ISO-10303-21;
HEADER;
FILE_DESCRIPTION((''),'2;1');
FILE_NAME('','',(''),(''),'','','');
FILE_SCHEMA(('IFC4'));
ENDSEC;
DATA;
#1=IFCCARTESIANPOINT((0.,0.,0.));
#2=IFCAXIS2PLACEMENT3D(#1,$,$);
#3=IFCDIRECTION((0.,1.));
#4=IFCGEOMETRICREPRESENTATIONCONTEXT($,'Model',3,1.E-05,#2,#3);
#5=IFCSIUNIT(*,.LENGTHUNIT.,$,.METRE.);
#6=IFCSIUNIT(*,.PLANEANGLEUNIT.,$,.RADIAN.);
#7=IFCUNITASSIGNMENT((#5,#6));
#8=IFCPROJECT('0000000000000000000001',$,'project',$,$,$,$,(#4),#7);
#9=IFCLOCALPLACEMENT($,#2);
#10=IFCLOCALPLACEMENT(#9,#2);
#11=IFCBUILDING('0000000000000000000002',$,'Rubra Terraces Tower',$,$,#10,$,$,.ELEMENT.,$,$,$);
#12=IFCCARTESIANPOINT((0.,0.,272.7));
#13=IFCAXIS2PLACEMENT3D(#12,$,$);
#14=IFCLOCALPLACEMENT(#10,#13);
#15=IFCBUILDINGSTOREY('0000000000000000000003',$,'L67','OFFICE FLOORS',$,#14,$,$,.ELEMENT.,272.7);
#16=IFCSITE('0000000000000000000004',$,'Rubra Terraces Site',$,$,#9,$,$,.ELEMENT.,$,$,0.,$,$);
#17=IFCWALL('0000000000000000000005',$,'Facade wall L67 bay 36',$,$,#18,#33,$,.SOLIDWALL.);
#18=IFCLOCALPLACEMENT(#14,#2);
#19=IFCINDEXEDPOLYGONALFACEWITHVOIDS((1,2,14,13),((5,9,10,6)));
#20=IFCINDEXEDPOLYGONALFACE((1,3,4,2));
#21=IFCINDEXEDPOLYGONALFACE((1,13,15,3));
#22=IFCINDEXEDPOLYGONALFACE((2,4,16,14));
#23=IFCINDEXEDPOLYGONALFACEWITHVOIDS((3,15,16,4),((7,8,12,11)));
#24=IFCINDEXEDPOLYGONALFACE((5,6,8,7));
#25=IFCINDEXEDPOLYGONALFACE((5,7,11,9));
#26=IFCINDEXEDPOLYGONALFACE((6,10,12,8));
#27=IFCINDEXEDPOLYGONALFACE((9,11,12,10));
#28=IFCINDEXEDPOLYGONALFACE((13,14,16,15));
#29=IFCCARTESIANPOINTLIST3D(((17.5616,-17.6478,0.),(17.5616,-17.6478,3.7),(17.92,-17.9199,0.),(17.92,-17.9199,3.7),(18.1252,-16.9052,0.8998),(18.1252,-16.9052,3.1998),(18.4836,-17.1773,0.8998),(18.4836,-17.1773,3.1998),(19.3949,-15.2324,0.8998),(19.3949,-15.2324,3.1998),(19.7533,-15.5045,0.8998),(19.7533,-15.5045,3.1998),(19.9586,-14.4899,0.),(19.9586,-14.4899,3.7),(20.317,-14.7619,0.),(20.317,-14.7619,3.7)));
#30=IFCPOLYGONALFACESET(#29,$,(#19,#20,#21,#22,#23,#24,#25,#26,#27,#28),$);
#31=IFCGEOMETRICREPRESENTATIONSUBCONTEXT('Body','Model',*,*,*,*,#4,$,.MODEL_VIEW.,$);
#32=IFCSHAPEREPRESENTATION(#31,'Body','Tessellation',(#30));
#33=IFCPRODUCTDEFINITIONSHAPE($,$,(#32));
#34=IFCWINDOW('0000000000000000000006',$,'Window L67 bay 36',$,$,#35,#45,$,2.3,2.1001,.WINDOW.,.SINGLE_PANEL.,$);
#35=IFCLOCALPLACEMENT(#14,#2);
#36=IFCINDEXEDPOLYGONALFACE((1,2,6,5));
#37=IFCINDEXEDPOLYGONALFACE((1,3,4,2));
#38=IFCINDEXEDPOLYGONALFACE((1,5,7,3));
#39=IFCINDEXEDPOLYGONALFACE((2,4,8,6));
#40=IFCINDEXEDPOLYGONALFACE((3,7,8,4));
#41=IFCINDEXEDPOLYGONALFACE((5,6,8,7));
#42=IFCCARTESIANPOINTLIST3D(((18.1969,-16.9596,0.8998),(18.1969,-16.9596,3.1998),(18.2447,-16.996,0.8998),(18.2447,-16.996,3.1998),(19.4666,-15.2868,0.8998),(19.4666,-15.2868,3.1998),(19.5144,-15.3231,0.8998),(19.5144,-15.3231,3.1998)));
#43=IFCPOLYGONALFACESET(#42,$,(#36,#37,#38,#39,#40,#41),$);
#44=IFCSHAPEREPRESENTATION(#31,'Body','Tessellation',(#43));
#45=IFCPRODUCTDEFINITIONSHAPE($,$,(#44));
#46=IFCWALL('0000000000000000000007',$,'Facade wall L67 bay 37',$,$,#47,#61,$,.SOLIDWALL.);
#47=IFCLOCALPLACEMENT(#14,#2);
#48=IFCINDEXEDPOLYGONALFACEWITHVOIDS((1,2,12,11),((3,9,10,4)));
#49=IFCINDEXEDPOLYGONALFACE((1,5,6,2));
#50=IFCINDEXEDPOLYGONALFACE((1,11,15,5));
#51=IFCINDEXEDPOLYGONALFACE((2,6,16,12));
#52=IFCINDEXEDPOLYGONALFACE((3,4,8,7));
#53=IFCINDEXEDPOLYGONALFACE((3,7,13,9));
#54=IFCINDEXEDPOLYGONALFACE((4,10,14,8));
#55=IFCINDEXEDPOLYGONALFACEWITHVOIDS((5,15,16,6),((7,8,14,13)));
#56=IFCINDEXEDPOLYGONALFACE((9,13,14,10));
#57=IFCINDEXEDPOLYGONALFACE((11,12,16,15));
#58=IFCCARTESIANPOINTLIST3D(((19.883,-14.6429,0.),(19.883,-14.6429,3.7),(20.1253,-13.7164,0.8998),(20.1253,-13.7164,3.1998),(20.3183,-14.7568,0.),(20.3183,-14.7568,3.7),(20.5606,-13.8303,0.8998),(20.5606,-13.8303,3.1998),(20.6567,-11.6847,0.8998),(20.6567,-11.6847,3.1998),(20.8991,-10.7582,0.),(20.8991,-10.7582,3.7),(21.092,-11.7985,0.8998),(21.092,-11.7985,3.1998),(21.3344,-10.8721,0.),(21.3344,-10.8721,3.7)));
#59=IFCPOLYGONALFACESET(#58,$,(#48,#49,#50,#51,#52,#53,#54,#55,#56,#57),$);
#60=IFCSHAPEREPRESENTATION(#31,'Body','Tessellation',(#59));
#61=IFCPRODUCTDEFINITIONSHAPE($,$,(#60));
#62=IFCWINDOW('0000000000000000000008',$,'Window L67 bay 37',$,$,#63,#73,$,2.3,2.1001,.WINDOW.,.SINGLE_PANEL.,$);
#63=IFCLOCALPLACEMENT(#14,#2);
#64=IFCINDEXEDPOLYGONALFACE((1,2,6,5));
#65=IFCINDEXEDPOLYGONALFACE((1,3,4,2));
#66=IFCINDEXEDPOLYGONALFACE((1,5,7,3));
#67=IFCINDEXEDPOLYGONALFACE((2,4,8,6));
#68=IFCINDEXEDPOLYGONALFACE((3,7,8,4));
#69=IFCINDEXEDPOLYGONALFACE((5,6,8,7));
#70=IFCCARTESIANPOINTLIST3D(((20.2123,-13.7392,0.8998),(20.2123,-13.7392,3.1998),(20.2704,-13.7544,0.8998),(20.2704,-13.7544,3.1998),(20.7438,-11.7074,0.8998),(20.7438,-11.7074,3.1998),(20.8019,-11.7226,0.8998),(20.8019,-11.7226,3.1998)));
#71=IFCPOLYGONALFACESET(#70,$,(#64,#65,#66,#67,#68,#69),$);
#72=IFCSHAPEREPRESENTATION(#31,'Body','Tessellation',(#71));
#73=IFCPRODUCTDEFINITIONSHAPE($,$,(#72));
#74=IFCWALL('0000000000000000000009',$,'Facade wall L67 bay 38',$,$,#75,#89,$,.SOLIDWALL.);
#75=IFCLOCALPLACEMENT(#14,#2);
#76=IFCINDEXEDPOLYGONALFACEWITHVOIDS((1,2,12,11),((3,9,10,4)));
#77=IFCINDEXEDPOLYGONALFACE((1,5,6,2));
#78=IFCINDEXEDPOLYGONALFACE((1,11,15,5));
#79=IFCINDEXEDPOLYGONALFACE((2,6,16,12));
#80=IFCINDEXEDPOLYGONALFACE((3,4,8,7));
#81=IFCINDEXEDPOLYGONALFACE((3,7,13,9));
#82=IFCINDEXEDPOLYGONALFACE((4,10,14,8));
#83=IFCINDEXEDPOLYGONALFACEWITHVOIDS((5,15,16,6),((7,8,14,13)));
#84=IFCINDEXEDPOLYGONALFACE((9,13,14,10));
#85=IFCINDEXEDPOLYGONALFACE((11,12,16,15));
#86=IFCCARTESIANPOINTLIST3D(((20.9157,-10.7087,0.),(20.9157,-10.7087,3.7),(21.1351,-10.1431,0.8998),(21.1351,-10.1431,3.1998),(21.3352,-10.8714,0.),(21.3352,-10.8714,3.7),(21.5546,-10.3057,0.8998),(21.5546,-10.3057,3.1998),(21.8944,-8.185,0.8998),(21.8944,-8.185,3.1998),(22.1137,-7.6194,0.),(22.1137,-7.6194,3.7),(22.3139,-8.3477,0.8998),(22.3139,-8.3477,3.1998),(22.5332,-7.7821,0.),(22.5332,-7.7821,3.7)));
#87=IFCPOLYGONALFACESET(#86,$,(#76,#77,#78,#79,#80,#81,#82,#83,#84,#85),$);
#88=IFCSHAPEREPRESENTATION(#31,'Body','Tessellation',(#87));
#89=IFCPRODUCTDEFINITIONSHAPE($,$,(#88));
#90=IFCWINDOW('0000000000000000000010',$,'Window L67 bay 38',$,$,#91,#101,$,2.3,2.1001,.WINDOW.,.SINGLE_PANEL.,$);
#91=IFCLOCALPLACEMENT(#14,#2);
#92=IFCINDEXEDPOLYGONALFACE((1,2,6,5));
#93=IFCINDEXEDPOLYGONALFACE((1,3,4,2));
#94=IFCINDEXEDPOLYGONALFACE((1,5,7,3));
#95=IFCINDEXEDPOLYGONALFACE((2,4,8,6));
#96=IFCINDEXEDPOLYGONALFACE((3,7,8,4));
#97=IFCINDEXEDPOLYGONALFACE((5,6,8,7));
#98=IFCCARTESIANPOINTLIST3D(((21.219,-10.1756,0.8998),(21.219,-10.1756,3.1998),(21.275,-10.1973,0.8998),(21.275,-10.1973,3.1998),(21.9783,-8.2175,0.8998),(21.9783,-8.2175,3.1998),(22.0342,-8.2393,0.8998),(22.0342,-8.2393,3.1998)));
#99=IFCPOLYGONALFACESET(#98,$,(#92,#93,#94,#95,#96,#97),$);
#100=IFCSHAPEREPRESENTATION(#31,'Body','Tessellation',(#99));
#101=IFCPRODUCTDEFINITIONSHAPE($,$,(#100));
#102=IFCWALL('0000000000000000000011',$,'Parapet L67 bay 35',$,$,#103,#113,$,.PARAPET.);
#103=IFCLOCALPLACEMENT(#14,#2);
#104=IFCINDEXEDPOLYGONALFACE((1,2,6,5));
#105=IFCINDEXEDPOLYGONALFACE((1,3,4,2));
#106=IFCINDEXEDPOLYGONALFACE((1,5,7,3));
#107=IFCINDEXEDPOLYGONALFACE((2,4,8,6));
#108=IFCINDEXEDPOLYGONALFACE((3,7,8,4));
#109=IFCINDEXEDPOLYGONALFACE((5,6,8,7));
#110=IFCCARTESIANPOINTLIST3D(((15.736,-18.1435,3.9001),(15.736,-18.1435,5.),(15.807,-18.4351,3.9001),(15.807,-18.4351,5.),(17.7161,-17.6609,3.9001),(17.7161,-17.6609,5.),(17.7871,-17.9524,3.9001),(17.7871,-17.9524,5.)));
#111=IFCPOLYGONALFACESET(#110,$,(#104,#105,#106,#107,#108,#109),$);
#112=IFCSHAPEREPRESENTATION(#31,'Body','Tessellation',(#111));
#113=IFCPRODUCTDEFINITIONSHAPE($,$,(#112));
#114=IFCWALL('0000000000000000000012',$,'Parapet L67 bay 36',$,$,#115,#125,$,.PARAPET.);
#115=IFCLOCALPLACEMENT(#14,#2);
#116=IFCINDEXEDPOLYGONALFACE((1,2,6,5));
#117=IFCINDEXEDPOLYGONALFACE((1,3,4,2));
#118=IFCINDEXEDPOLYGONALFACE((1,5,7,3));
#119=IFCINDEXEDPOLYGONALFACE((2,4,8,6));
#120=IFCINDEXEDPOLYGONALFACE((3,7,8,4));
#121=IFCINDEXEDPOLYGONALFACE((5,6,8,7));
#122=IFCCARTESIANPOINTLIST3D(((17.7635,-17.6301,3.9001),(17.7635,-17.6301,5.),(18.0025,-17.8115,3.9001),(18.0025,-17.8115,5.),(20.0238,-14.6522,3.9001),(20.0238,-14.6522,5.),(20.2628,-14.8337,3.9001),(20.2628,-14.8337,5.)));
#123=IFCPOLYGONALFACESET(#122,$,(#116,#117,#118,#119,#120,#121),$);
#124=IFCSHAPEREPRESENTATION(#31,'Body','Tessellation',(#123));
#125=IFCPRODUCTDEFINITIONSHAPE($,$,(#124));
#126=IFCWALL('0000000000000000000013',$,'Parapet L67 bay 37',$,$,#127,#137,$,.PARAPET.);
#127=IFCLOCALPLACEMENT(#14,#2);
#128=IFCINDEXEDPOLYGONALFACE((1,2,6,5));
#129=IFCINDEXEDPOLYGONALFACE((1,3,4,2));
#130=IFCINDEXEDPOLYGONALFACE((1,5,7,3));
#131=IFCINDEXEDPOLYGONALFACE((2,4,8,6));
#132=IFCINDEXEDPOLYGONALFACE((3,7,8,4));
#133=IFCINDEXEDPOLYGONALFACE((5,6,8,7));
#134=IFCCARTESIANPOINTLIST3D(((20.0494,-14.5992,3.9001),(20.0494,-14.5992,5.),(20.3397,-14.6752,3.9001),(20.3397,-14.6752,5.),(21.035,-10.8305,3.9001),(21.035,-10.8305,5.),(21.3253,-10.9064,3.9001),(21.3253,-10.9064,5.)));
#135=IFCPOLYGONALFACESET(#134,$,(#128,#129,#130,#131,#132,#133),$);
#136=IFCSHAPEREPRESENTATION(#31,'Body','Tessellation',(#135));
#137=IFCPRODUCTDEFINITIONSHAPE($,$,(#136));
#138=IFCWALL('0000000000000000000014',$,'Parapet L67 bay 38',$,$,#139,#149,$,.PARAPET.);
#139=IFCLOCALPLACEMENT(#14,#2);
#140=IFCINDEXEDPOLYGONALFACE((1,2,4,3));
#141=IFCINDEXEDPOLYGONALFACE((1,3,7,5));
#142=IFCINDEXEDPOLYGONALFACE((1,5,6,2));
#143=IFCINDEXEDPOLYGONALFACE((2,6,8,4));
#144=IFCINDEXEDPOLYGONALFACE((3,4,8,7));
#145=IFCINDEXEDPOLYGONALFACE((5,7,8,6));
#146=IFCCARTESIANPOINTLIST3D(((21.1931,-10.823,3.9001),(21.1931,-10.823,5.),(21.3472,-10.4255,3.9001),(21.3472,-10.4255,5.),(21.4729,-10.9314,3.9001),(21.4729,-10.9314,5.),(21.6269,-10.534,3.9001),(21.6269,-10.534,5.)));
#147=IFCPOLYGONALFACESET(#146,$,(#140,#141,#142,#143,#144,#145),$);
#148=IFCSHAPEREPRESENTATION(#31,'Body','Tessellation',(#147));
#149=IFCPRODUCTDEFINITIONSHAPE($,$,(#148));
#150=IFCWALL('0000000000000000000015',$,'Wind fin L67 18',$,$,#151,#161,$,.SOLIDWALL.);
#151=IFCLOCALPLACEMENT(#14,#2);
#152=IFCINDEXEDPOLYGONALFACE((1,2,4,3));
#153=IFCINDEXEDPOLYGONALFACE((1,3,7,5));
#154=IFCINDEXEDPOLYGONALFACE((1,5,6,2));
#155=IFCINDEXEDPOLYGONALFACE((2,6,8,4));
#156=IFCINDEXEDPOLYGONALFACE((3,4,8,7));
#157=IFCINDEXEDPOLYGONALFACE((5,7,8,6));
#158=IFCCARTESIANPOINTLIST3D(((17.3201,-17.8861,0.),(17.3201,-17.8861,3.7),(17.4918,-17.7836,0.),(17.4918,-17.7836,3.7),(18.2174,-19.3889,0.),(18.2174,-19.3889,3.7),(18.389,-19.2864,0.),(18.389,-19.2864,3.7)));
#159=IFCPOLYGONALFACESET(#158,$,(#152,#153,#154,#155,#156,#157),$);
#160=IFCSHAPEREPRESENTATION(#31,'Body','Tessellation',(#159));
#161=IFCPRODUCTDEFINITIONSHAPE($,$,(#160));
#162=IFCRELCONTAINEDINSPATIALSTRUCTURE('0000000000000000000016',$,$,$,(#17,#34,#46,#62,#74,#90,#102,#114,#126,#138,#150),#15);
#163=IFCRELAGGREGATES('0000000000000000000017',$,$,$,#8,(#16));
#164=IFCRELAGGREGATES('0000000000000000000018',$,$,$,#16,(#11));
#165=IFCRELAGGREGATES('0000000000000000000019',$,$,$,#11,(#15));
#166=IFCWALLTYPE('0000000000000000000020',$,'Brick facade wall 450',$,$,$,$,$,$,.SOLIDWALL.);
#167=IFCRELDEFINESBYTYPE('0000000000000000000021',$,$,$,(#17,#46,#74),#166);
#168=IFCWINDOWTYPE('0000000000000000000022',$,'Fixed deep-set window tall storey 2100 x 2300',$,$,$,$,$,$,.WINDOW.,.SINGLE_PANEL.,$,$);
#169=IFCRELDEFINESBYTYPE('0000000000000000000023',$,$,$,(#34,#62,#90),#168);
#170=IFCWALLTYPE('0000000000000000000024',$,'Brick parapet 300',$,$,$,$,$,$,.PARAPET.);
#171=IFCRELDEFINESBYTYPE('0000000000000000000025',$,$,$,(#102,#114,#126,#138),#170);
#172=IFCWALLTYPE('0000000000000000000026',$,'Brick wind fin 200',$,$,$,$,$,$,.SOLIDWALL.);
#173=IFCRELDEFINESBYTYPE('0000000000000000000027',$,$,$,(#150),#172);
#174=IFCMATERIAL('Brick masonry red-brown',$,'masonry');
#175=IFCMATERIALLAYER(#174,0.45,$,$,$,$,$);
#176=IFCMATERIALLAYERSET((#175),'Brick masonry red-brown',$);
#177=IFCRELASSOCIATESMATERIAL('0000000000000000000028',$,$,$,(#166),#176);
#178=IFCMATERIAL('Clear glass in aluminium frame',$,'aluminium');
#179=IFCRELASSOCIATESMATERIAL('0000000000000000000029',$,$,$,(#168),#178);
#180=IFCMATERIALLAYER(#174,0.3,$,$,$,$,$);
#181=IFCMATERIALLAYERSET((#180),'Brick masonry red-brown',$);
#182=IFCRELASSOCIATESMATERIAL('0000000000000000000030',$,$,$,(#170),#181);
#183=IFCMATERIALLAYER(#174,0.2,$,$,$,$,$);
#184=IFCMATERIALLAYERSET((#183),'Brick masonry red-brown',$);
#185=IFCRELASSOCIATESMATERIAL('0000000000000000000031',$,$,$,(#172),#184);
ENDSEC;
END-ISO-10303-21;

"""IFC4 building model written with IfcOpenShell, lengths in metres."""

from ifc_helpers import new_model, si_unit, direction, frame, frame_2d, origin, place, context, subcontext, project, spatial, rectangle, extrude, material, layer, layer_set, type_object, element, fill, save


model = new_model("IFC4")

# Units and contexts
model_context = context("Model", 3, precision=1e-05, world=origin(), true_north=direction((0.0, 1.0)))
body_context = subcontext(model_context, "Body", "Model", "MODEL_VIEW")
ifc_project = project(units=[si_unit("LENGTHUNIT", "METRE"), si_unit("PLANEANGLEUNIT", "RADIAN")], contexts=[model_context])

# Site, building, storey
site_placement = place(None, origin())
site = spatial("IfcSite", under=ifc_project, at=site_placement, Name="Rubra Terraces Site", CompositionType="ELEMENT", RefElevation=0.0)
building_placement = place(site_placement, origin())
building = spatial("IfcBuilding", under=site, at=building_placement, Name="Rubra Terraces Tower", CompositionType="ELEMENT")
storey_placement = place(building_placement, frame((0.0, 0.0, 272.7)))
storey = spatial("IfcBuildingStorey", under=building, at=storey_placement, Name="L67", Description="OFFICE FLOORS", CompositionType="ELEMENT", Elevation=272.7)

# Walls, openings, windows
ifc_material_1 = material(Name="Brick masonry red-brown", Category="masonry")
ifc_layer_1 = layer(ifc_material_1, 0.45)
ifc_layer_set_1 = layer_set([ifc_layer_1], Name="Brick masonry red-brown")
wall_type_1 = type_object("IfcWallType", Name="Brick facade wall 450", PredefinedType="SOLIDWALL", material=ifc_layer_set_1)
ifc_material_2 = material(Name="Clear glass in aluminium frame", Category="aluminium")
window_type = type_object("IfcWindowType", Name="Fixed deep-set window tall storey 2100 x 2300", PartitioningType="SINGLE_PANEL", PredefinedType="WINDOW", material=ifc_material_2)
wall_1_placement = place(storey_placement, frame((17.7407, -17.7839, 0.0), z_axis=(0.0, 0.0, 1.0), x_axis=(0.604591, 0.796536, 0.0)))
wall_1 = element("IfcWall", 1, at=wall_1_placement, inside=storey, type_object=wall_type_1, Name="Facade wall L67 bay 36", PredefinedType="SOLIDWALL", context=body_context, shape_type="SweptSolid", body=[
    extrude(rectangle(XDim=3.9646, YDim=0.45, at=frame_2d((1.9824, 0.0))), origin(), (0.0, 0.0, 1.0), 3.7),
])
opening_1_placement = place(wall_1_placement, frame((0.9324, 0.0, 0.8999)))
opening_1 = element("IfcOpeningElement", 2, at=opening_1_placement, cuts=wall_1, PredefinedType="OPENING", context=body_context, shape_type="SweptSolid", body=[
    extrude(rectangle(XDim=2.1001, YDim=2.3, at=frame_2d((1.05, 1.1499))), frame((0.0, 0.2349, 0.0), z_axis=(0.0, -1.0, 0.0), x_axis=(1.0, 0.0, 0.0)), (0.0, 0.0, 1.0), 0.47),
])
window_1_placement = place(opening_1_placement, origin())
window_1 = element("IfcWindow", 3, at=window_1_placement, inside=storey, type_object=window_type, Name="Window L67 bay 36", OverallHeight=2.3, OverallWidth=2.1001, PartitioningType="SINGLE_PANEL", PredefinedType="WINDOW", context=body_context, shape_type="SweptSolid", body=[
    extrude(rectangle(XDim=2.1001, YDim=2.3, at=frame_2d((1.05, 1.1499))), frame((0.0, 0.135, 0.0), z_axis=(0.0, -1.0, 0.0), x_axis=(1.0, 0.0, 0.0)), (0.0, 0.0, 1.0), 0.0601),
])
fill(opening_1, window_1)
wall_2_placement = place(storey_placement, frame((20.1006, -14.7, 0.0), z_axis=(0.0, 0.0, 1.0), x_axis=(0.253051, 0.967453, 0.0)))
wall_2 = element("IfcWall", 4, at=wall_2_placement, inside=storey, type_object=wall_type_1, Name="Facade wall L67 bay 37", PredefinedType="SOLIDWALL", context=body_context, shape_type="SweptSolid", body=[
    extrude(rectangle(XDim=4.0154, YDim=0.45, at=frame_2d((2.0078, 0.0))), origin(), (0.0, 0.0, 1.0), 3.7),
])
opening_2_placement = place(wall_2_placement, frame((0.9578, 0.0, 0.8999)))
opening_2 = element("IfcOpeningElement", 5, at=opening_2_placement, cuts=wall_2, PredefinedType="OPENING", context=body_context, shape_type="SweptSolid", body=[
    extrude(rectangle(XDim=2.1001, YDim=2.3, at=frame_2d((1.05, 1.1499))), frame((0.0, 0.2349, 0.0), z_axis=(0.0, -1.0, 0.0), x_axis=(1.0, 0.0, 0.0)), (0.0, 0.0, 1.0), 0.47),
])
window_2_placement = place(opening_2_placement, origin())
window_2 = element("IfcWindow", 6, at=window_2_placement, inside=storey, type_object=window_type, Name="Window L67 bay 37", OverallHeight=2.3, OverallWidth=2.1001, PartitioningType="SINGLE_PANEL", PredefinedType="WINDOW", context=body_context, shape_type="SweptSolid", body=[
    extrude(rectangle(XDim=2.1001, YDim=2.3, at=frame_2d((1.05, 1.1499))), frame((0.0, 0.135, 0.0), z_axis=(0.0, -1.0, 0.0), x_axis=(1.0, 0.0, 0.0)), (0.0, 0.0, 1.0), 0.0601),
])
fill(opening_2, window_2)
wall_3_placement = place(storey_placement, frame((21.1255, -10.79, 0.0), z_axis=(0.0, 0.0, 1.0), x_axis=(0.36155, 0.932353, 0.0)))
wall_3 = element("IfcWall", 7, at=wall_3_placement, inside=storey, type_object=wall_type_1, Name="Facade wall L67 bay 38", PredefinedType="SOLIDWALL", context=body_context, shape_type="SweptSolid", body=[
    extrude(rectangle(XDim=3.3135, YDim=0.45, at=frame_2d((1.6567, 0.0))), origin(), (0.0, 0.0, 1.0), 3.7),
])
opening_3_placement = place(wall_3_placement, frame((0.6067, 0.0, 0.8999)))
opening_3 = element("IfcOpeningElement", 8, at=opening_3_placement, cuts=wall_3, PredefinedType="OPENING", context=body_context, shape_type="SweptSolid", body=[
    extrude(rectangle(XDim=2.1001, YDim=2.3, at=frame_2d((1.05, 1.1499))), frame((0.0, 0.2349, 0.0), z_axis=(0.0, -1.0, 0.0), x_axis=(1.0, 0.0, 0.0)), (0.0, 0.0, 1.0), 0.47),
])
window_3_placement = place(opening_3_placement, origin())
window_3 = element("IfcWindow", 9, at=window_3_placement, inside=storey, type_object=window_type, Name="Window L67 bay 38", OverallHeight=2.3, OverallWidth=2.1001, PartitioningType="SINGLE_PANEL", PredefinedType="WINDOW", context=body_context, shape_type="SweptSolid", body=[
    extrude(rectangle(XDim=2.1001, YDim=2.3, at=frame_2d((1.05, 1.1499))), frame((0.0, 0.135, 0.0), z_axis=(0.0, -1.0, 0.0), x_axis=(1.0, 0.0, 0.0)), (0.0, 0.0, 1.0), 0.0601),
])
fill(opening_3, window_3)

# Walls
ifc_layer_2 = layer(ifc_material_1, 0.3)
ifc_layer_set_2 = layer_set([ifc_layer_2], Name="Brick masonry red-brown")
wall_type_2 = type_object("IfcWallType", Name="Brick parapet 300", PredefinedType="PARAPET", material=ifc_layer_set_2)
wall_4_placement = place(storey_placement, frame((15.7715, -18.2893, 3.9001), z_axis=(0.0, 0.0, 1.0), x_axis=(0.971556, 0.23681, 0.0)))
element("IfcWall", 10, at=wall_4_placement, inside=storey, type_object=wall_type_2, Name="Parapet L67 bay 35", PredefinedType="PARAPET", context=body_context, shape_type="SweptSolid", body=[
    extrude(rectangle(XDim=2.0381, YDim=0.3, at=frame_2d((1.019, 0.0))), origin(), (0.0, 0.0, 1.0), 1.0999),
])
wall_5_placement = place(storey_placement, frame((17.8831, -17.7207, 3.9001), z_axis=(0.0, 0.0, 1.0), x_axis=(0.604598, 0.796531, 0.0)))
element("IfcWall", 11, at=wall_5_placement, inside=storey, type_object=wall_type_2, Name="Parapet L67 bay 36", PredefinedType="PARAPET", context=body_context, shape_type="SweptSolid", body=[
    extrude(rectangle(XDim=3.7385, YDim=0.3, at=frame_2d((1.8691, 0.0))), origin(), (0.0, 0.0, 1.0), 1.0999),
])
wall_6_placement = place(storey_placement, frame((20.1946, -14.6372, 3.9001), z_axis=(0.0, 0.0, 1.0), x_axis=(0.253006, 0.967465, 0.0)))
element("IfcWall", 12, at=wall_6_placement, inside=storey, type_object=wall_type_2, Name="Parapet L67 bay 37", PredefinedType="PARAPET", context=body_context, shape_type="SweptSolid", body=[
    extrude(rectangle(XDim=3.8955, YDim=0.3, at=frame_2d((1.9478, 0.0))), origin(), (0.0, 0.0, 1.0), 1.0999),
])
wall_7_placement = place(storey_placement, frame((21.333, -10.8772, 3.9001), z_axis=(0.0, 0.0, 1.0), x_axis=(0.361396, 0.932413, 0.0)))
element("IfcWall", 13, at=wall_7_placement, inside=storey, type_object=wall_type_2, Name="Parapet L67 bay 38", PredefinedType="PARAPET", context=body_context, shape_type="SweptSolid", body=[
    extrude(rectangle(XDim=0.4263, YDim=0.3, at=frame_2d((0.2131, 0.0))), origin(), (0.0, 0.0, 1.0), 1.0999),
])
ifc_layer_3 = layer(ifc_material_1, 0.2)
ifc_layer_set_3 = layer_set([ifc_layer_3], Name="Brick masonry red-brown")
wall_type_3 = type_object("IfcWallType", Name="Brick wind fin 200", PredefinedType="SOLIDWALL", material=ifc_layer_set_3)
wall_8_placement = place(storey_placement, frame((17.406, -17.835, 0.0), z_axis=(0.0, 0.0, 1.0), x_axis=(0.512648, -0.858599, 0.0)))
element("IfcWall", 14, at=wall_8_placement, inside=storey, type_object=wall_type_3, Name="Wind fin L67 18", PredefinedType="SOLIDWALL", context=body_context, shape_type="SweptSolid", body=[
    extrude(rectangle(XDim=1.7502, YDim=0.2, at=frame_2d((0.875, 0.0))), origin(), (0.0, 0.0, 1.0), 3.7),
])

save(model, "model.ifc")
